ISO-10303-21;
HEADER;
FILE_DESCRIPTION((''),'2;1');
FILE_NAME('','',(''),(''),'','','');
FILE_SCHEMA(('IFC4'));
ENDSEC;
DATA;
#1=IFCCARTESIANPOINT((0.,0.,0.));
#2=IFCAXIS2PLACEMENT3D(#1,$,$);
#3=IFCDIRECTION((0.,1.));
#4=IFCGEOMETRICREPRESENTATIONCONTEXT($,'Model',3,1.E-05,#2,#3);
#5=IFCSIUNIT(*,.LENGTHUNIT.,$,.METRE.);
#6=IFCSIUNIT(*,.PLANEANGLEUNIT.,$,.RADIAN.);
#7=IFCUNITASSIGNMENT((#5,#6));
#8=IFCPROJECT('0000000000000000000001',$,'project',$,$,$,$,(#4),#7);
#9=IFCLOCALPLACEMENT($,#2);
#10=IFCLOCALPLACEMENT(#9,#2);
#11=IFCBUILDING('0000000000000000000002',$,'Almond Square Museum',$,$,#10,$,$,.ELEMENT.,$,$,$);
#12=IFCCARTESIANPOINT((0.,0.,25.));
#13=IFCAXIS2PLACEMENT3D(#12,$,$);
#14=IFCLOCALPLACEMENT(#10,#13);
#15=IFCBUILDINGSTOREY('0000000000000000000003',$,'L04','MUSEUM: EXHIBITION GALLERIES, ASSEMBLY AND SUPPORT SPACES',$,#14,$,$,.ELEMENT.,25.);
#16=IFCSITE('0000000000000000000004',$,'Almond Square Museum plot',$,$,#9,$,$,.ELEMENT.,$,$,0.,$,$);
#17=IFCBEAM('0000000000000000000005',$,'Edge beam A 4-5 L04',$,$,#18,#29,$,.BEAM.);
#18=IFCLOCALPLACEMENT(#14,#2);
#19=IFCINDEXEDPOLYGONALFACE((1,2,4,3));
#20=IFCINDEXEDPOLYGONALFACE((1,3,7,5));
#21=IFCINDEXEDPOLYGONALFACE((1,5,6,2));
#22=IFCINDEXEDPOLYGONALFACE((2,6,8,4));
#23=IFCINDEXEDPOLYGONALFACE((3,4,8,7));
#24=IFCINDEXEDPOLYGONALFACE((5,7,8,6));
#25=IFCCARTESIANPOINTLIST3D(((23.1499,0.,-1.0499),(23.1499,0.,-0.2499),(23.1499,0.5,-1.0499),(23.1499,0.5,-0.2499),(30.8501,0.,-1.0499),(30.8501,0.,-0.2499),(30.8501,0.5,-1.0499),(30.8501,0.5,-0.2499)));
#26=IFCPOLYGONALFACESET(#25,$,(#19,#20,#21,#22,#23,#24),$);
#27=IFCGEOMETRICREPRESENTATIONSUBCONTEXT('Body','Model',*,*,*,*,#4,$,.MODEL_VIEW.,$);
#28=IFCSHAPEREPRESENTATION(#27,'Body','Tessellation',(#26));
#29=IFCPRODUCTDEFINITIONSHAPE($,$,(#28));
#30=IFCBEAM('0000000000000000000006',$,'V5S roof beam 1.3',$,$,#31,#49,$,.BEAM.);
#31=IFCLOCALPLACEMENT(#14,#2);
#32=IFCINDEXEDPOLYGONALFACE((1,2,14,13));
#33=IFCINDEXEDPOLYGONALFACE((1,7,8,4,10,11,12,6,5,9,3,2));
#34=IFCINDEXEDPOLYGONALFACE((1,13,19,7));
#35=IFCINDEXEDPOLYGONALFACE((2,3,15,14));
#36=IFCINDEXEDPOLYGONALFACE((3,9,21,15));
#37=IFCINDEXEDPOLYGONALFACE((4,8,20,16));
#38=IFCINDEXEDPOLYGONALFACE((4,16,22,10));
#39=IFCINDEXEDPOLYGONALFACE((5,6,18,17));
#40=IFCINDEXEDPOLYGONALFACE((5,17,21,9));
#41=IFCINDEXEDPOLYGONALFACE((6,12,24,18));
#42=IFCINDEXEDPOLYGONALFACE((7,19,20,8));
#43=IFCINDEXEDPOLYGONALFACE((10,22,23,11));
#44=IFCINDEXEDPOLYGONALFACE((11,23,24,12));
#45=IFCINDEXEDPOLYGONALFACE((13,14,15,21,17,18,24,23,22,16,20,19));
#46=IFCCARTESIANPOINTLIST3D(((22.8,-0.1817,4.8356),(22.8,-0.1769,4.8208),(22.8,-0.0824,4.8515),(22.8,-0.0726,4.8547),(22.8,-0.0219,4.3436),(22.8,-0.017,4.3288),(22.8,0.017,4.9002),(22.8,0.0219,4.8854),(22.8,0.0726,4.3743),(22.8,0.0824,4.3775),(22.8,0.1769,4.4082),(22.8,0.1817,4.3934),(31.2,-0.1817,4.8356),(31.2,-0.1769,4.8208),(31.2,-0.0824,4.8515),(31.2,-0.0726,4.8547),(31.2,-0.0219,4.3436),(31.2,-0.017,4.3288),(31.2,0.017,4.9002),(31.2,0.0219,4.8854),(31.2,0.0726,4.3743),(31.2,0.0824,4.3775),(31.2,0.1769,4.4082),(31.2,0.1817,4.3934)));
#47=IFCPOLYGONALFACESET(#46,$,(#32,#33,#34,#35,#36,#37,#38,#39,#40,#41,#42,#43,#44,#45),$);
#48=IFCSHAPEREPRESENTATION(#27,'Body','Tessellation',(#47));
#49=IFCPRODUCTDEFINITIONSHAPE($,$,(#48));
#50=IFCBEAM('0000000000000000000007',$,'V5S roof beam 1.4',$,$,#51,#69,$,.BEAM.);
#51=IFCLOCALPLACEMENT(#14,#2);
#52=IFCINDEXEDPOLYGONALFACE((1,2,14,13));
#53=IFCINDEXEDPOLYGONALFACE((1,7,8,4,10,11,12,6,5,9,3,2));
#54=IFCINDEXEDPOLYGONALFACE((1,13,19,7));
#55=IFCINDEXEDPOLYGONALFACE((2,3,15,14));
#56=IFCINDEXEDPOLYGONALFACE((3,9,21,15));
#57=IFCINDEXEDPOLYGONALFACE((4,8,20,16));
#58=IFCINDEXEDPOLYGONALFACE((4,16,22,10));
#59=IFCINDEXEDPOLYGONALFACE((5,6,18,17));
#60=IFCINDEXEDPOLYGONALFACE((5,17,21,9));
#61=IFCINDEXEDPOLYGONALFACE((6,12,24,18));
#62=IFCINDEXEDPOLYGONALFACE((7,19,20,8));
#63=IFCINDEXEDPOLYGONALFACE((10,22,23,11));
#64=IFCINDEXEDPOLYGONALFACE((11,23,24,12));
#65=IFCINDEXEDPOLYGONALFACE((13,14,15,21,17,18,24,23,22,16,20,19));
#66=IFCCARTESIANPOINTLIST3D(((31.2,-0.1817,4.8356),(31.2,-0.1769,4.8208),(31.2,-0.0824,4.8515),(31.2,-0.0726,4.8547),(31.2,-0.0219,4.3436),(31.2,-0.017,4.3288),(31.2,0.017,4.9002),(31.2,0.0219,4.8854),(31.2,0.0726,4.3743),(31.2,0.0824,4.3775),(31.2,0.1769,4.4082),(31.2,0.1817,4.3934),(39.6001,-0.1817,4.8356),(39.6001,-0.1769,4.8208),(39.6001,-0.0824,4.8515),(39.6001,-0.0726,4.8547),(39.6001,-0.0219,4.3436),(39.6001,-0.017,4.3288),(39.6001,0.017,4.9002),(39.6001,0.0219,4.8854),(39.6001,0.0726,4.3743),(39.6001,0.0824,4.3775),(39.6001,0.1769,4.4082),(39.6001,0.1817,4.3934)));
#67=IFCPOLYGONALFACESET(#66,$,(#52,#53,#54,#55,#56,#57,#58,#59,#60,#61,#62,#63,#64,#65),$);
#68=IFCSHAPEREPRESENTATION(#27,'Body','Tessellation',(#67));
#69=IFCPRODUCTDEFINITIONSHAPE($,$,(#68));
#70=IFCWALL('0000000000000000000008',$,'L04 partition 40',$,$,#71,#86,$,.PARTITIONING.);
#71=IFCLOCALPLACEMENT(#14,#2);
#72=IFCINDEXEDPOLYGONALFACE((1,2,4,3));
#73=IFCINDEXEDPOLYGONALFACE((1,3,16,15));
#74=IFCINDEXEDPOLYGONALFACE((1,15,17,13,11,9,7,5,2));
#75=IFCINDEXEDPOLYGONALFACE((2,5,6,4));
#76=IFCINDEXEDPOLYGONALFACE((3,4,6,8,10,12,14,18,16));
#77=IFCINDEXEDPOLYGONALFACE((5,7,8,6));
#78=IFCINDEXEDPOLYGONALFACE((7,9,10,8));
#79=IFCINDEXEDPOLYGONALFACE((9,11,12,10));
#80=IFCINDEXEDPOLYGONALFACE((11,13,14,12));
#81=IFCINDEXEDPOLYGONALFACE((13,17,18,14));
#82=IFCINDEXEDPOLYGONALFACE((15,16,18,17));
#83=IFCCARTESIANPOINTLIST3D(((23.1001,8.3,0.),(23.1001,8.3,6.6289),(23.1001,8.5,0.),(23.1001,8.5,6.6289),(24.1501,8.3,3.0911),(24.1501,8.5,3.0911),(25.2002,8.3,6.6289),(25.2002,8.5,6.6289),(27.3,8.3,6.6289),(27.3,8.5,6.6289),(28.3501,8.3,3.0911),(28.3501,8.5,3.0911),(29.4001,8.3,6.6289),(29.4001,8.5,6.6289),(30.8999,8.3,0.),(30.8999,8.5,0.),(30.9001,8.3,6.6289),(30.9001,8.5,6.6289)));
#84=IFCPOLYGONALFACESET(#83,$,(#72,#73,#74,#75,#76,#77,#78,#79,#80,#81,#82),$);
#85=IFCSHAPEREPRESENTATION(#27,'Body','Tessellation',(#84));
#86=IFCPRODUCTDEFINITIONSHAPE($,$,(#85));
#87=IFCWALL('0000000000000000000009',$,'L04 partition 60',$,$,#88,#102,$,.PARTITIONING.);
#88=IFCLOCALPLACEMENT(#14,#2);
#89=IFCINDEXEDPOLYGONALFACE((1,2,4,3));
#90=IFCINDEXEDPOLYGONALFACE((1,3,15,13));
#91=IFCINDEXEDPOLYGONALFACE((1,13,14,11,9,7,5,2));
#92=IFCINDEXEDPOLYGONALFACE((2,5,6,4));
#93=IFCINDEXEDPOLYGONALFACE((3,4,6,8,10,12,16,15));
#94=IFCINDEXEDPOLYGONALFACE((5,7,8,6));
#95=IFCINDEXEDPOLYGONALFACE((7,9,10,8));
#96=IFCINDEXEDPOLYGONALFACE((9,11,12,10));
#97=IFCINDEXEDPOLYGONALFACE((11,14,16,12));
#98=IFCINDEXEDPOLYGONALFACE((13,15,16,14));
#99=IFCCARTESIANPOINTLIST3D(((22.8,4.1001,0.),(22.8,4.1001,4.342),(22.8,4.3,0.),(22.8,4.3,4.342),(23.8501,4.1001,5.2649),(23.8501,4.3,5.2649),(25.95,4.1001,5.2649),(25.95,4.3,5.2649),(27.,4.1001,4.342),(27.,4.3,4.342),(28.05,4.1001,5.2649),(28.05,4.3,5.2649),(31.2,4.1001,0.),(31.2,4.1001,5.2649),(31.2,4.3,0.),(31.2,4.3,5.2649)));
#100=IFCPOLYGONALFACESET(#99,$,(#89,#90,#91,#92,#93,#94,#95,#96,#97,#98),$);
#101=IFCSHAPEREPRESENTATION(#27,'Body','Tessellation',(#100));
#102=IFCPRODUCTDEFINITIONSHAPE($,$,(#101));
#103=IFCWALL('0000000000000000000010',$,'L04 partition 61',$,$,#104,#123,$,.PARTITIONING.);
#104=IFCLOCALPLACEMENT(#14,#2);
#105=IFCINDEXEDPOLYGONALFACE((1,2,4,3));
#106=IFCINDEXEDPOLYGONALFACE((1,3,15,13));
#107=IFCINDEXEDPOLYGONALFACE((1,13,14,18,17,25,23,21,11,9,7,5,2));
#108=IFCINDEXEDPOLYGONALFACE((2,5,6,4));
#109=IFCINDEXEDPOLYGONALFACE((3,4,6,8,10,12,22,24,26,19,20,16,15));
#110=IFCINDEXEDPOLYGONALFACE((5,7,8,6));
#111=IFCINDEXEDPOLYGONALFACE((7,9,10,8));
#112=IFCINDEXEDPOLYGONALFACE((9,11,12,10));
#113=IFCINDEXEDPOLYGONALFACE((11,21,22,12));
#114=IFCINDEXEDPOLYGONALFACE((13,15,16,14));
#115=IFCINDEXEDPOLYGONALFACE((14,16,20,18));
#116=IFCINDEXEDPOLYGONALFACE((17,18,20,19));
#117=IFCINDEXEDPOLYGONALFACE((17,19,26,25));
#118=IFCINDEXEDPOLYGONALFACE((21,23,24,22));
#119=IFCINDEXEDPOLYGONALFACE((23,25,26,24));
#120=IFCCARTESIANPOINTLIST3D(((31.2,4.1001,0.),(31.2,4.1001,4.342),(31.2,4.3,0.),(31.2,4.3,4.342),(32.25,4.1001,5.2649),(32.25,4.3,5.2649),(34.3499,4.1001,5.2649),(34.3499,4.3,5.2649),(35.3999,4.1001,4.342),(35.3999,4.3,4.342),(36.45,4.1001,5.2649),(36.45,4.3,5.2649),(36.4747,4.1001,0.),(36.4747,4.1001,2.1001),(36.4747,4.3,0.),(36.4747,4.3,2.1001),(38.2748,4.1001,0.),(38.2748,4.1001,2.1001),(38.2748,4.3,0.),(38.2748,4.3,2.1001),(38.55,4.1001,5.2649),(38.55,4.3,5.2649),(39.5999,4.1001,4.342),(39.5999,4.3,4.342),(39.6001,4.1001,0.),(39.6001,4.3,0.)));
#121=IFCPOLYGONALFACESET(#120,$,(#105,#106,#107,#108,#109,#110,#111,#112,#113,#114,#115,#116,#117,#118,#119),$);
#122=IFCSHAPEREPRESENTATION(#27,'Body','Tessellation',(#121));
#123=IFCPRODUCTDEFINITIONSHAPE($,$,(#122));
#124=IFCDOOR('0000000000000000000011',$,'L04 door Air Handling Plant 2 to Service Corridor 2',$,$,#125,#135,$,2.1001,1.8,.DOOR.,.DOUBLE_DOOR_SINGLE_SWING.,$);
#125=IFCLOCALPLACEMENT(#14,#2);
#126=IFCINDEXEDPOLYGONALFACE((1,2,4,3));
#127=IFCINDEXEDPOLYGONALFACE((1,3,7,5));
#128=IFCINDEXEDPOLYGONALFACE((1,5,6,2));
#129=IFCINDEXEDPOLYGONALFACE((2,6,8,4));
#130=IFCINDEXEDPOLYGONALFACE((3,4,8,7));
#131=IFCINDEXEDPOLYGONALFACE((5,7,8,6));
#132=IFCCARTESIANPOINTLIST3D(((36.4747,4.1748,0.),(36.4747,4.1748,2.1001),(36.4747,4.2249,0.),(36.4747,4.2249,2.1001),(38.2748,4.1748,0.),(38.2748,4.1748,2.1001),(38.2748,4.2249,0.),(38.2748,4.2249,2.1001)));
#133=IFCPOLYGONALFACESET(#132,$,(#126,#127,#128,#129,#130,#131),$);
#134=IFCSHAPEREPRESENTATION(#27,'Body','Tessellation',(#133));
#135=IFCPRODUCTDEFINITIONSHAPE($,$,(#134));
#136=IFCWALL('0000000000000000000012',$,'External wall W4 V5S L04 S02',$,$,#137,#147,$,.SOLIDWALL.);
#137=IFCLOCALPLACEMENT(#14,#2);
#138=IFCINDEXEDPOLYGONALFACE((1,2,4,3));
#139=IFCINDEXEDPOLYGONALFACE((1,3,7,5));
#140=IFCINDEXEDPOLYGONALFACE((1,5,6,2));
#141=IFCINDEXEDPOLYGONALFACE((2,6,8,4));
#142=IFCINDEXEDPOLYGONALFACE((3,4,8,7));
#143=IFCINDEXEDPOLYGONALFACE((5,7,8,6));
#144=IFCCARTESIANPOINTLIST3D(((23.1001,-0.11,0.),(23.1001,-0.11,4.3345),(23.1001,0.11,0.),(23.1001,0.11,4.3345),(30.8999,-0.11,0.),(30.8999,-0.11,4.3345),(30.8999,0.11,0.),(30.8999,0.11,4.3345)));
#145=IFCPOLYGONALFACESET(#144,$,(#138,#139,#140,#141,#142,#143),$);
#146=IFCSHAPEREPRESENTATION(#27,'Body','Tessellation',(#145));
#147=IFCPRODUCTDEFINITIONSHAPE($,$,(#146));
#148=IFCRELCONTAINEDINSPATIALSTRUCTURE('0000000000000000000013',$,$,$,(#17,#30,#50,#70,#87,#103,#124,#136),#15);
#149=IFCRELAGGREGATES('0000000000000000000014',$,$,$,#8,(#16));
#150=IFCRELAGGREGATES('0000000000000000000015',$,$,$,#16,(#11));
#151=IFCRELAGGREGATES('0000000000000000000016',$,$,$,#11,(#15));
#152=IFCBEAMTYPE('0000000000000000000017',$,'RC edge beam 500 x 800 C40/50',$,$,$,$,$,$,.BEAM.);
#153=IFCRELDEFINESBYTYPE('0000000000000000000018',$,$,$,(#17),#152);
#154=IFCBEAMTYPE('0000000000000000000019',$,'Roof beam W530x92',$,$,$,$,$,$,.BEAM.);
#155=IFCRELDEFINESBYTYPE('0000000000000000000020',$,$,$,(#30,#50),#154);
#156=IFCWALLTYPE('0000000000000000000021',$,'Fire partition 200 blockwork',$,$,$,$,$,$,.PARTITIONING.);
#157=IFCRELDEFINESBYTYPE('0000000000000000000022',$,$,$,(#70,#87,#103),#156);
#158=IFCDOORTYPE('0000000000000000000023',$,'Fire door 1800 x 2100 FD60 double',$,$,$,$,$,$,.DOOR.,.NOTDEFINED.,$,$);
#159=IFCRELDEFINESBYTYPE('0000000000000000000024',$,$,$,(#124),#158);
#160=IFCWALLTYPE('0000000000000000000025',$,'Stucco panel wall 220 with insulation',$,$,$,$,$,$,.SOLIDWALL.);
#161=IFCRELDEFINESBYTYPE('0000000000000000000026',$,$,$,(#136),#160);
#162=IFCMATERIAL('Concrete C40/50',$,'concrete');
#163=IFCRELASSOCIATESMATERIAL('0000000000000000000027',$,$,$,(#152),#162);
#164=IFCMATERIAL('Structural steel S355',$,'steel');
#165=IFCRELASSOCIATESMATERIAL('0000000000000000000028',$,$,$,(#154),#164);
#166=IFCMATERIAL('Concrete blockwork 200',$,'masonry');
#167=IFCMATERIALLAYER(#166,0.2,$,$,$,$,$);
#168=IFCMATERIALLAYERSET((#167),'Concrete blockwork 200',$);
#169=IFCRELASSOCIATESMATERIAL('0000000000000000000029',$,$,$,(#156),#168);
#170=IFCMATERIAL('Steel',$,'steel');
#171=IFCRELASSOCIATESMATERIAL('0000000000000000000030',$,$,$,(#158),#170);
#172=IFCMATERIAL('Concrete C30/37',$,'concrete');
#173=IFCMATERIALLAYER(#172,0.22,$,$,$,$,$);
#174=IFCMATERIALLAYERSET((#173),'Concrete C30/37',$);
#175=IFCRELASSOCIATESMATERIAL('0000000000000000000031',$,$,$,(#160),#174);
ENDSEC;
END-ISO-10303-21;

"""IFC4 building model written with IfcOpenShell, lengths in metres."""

from ifc_helpers import new_model, si_unit, direction, frame, frame_2d, origin, origin_2d, place, context, subcontext, project, spatial, polyline, rectangle, i_section, outline, extrude, material, layer, layer_set, material_profile, profile_set, type_object, element, fill, save


model = new_model("IFC4")

# Units and contexts
model_context = context("Model", 3, precision=1e-05, world=origin(), true_north=direction((0.0, 1.0)))
body_context = subcontext(model_context, "Body", "Model", "MODEL_VIEW")
ifc_project = project(units=[si_unit("LENGTHUNIT", "METRE"), si_unit("PLANEANGLEUNIT", "RADIAN")], contexts=[model_context])

# Site, building, storey
site_placement = place(None, origin())
site = spatial("IfcSite", under=ifc_project, at=site_placement, Name="Almond Square Museum plot", CompositionType="ELEMENT", RefElevation=0.0)
building_placement = place(site_placement, origin())
building = spatial("IfcBuilding", under=site, at=building_placement, Name="Almond Square Museum", CompositionType="ELEMENT")
storey_placement = place(building_placement, frame((0.0, 0.0, 25.0)))
storey = spatial("IfcBuildingStorey", under=building, at=storey_placement, Name="L04", Description="MUSEUM: EXHIBITION GALLERIES, ASSEMBLY AND SUPPORT SPACES", CompositionType="ELEMENT", Elevation=25.0)

# Beams
ifc_material_1 = material(Name="Concrete C40/50", Category="concrete")
ifc_material_profile_1 = material_profile(ifc_material_1, rectangle(XDim=0.5, YDim=0.8, at=origin_2d()))
ifc_profile_set_1 = profile_set([ifc_material_profile_1], Name="Concrete C40/50")
beam_type_1 = type_object("IfcBeamType", Name="RC edge beam 500 x 800 C40/50", PredefinedType="BEAM", material=ifc_profile_set_1)
beam_1_placement = place(storey_placement, frame((23.1499, 0.25, -0.6499), z_axis=(1.0, 0.0, 0.0), x_axis=(0.0, 1.0, 0.0)))
element("IfcBeam", 1, at=beam_1_placement, inside=storey, type_object=beam_type_1, Name="Edge beam A 4-5 L04", PredefinedType="BEAM", context=body_context, shape_type="SweptSolid", body=[
    extrude(rectangle(XDim=0.5, YDim=0.8, at=origin_2d()), origin(), (0.0, 0.0, 1.0), 7.7002),
])
ifc_material_2 = material(Name="Structural steel S355", Category="steel")
ifc_material_profile_2 = material_profile(ifc_material_2, i_section(OverallWidth=0.209, OverallDepth=0.533, WebThickness=0.0103, FlangeThickness=0.0156, at=origin_2d()))
ifc_profile_set_2 = profile_set([ifc_material_profile_2], Name="Structural steel S355")
beam_type_2 = type_object("IfcBeamType", Name="Roof beam W530x92", PredefinedType="BEAM", material=ifc_profile_set_2)
beam_2_placement = place(storey_placement, frame((22.8, 0.0, 4.6145), z_axis=(1.0, 0.0, 0.0), x_axis=(0.0, 0.951057, 0.309017)))
element("IfcBeam", 2, at=beam_2_placement, inside=storey, type_object=beam_type_2, Name="V5S roof beam 1.3", PredefinedType="BEAM", context=body_context, shape_type="SweptSolid", body=[
    extrude(i_section(OverallWidth=0.209, OverallDepth=0.533, WebThickness=0.0103, FlangeThickness=0.0156, at=origin_2d()), origin(), (0.0, 0.0, 1.0), 8.3999),
])
beam_3_placement = place(storey_placement, frame((31.2, 0.0, 4.6145), z_axis=(1.0, 0.0, 0.0), x_axis=(0.0, 0.951057, 0.309017)))
element("IfcBeam", 3, at=beam_3_placement, inside=storey, type_object=beam_type_2, Name="V5S roof beam 1.4", PredefinedType="BEAM", context=body_context, shape_type="SweptSolid", body=[
    extrude(i_section(OverallWidth=0.209, OverallDepth=0.533, WebThickness=0.0103, FlangeThickness=0.0156, at=origin_2d()), origin(), (0.0, 0.0, 1.0), 8.4001),
])

# Walls
ifc_material_3 = material(Name="Concrete blockwork 200", Category="masonry")
ifc_layer_1 = layer(ifc_material_3, 0.2)
ifc_layer_set_1 = layer_set([ifc_layer_1], Name="Concrete blockwork 200")
wall_type_1 = type_object("IfcWallType", Name="Fire partition 200 blockwork", PredefinedType="PARTITIONING", material=ifc_layer_set_1)
wall_1_placement = place(storey_placement, frame((23.1001, 8.3999, 0.0), z_axis=(0.0, 0.0, 1.0), x_axis=(1.0, 0.0, 0.0)))
element("IfcWall", 4, at=wall_1_placement, inside=storey, type_object=wall_type_1, Name="L04 partition 40", PredefinedType="PARTITIONING", context=body_context, shape_type="SweptSolid", body=[
    extrude(outline(polyline([(0.0, 0.0), (7.7998, 0.0), (7.8, 6.6289), (6.3, 6.6289), (5.25, 3.0911), (4.2, 6.6289), (2.1001, 6.6289), (1.05, 3.0911), (0.0, 6.6289), (0.0, 0.0)])), frame((0.0, 0.1001, 0.0), z_axis=(0.0, -1.0, 0.0), x_axis=(1.0, 0.0, 0.0)), (0.0, 0.0, 1.0), 0.2),
])
wall_2_placement = place(storey_placement, frame((22.8, 4.2, 0.0), z_axis=(0.0, 0.0, 1.0), x_axis=(1.0, 0.0, 0.0)))
element("IfcWall", 5, at=wall_2_placement, inside=storey, type_object=wall_type_1, Name="L04 partition 60", PredefinedType="PARTITIONING", context=body_context, shape_type="SweptSolid", body=[
    extrude(outline(polyline([(0.0, 0.0), (8.3999, 0.0), (8.3999, 5.2649), (5.25, 5.2649), (4.2, 4.342), (3.1499, 5.2649), (1.05, 5.2649), (0.0, 4.342), (0.0, 0.0)])), frame((0.0, 0.1001, 0.0), z_axis=(0.0, -1.0, 0.0), x_axis=(1.0, 0.0, 0.0)), (0.0, 0.0, 1.0), 0.2),
])

# Wall, opening, door
wall_3_placement = place(storey_placement, frame((31.2, 4.2, 0.0), z_axis=(0.0, 0.0, 1.0), x_axis=(1.0, 0.0, 0.0)))
wall_3 = element("IfcWall", 6, at=wall_3_placement, inside=storey, type_object=wall_type_1, Name="L04 partition 61", PredefinedType="PARTITIONING", context=body_context, shape_type="SweptSolid", body=[
    extrude(outline(polyline([(0.0, 0.0), (8.4001, 0.0), (8.3999, 4.342), (7.3501, 5.2649), (5.25, 5.2649), (4.2, 4.342), (3.1499, 5.2649), (1.05, 5.2649), (0.0, 4.342), (0.0, 0.0)])), frame((0.0, 0.1001, 0.0), z_axis=(0.0, -1.0, 0.0), x_axis=(1.0, 0.0, 0.0)), (0.0, 0.0, 1.0), 0.2),
])
opening_placement = place(wall_3_placement, frame((5.2749, 0.0, 0.0)))
opening = element("IfcOpeningElement", 7, at=opening_placement, cuts=wall_3, PredefinedType="OPENING", context=body_context, shape_type="SweptSolid", body=[
    extrude(rectangle(XDim=1.8, YDim=2.1001, at=frame_2d((0.8999, 1.05))), frame((0.0, 0.1099, 0.0), z_axis=(0.0, -1.0, 0.0), x_axis=(1.0, 0.0, 0.0)), (0.0, 0.0, 1.0), 0.22),
])
ifc_material_4 = material(Name="Steel", Category="steel")
door_type = type_object("IfcDoorType", Name="Fire door 1800 x 2100 FD60 double", OperationType="NOTDEFINED", PredefinedType="DOOR", material=ifc_material_4)
door_placement = place(opening_placement, origin())
door = element("IfcDoor", 8, at=door_placement, inside=storey, type_object=door_type, Name="L04 door Air Handling Plant 2 to Service Corridor 2", OperationType="DOUBLE_DOOR_SINGLE_SWING", OverallHeight=2.1001, OverallWidth=1.8, PredefinedType="DOOR", context=body_context, shape_type="SweptSolid", body=[
    extrude(rectangle(XDim=1.8, YDim=2.1001, at=frame_2d((0.8999, 1.05))), frame((0.0, 0.0249, 0.0), z_axis=(0.0, -1.0, 0.0), x_axis=(1.0, 0.0, 0.0)), (0.0, 0.0, 1.0), 0.05),
])
fill(opening, door)

# Wall
ifc_material_5 = material(Name="Concrete C30/37", Category="concrete")
ifc_layer_2 = layer(ifc_material_5, 0.22)
ifc_layer_set_2 = layer_set([ifc_layer_2], Name="Concrete C30/37")
wall_type_2 = type_object("IfcWallType", Name="Stucco panel wall 220 with insulation", PredefinedType="SOLIDWALL", material=ifc_layer_set_2)
wall_4_placement = place(storey_placement, frame((23.1001, 0.0, 0.0), z_axis=(0.0, 0.0, 1.0), x_axis=(1.0, 0.0, 0.0)))
element("IfcWall", 9, at=wall_4_placement, inside=storey, type_object=wall_type_2, Name="External wall W4 V5S L04 S02", PredefinedType="SOLIDWALL", context=body_context, shape_type="SweptSolid", body=[
    extrude(rectangle(XDim=7.7998, YDim=0.22, at=frame_2d((3.8999, 0.0))), origin(), (0.0, 0.0, 1.0), 4.3345),
])

save(model, "model.ifc")
